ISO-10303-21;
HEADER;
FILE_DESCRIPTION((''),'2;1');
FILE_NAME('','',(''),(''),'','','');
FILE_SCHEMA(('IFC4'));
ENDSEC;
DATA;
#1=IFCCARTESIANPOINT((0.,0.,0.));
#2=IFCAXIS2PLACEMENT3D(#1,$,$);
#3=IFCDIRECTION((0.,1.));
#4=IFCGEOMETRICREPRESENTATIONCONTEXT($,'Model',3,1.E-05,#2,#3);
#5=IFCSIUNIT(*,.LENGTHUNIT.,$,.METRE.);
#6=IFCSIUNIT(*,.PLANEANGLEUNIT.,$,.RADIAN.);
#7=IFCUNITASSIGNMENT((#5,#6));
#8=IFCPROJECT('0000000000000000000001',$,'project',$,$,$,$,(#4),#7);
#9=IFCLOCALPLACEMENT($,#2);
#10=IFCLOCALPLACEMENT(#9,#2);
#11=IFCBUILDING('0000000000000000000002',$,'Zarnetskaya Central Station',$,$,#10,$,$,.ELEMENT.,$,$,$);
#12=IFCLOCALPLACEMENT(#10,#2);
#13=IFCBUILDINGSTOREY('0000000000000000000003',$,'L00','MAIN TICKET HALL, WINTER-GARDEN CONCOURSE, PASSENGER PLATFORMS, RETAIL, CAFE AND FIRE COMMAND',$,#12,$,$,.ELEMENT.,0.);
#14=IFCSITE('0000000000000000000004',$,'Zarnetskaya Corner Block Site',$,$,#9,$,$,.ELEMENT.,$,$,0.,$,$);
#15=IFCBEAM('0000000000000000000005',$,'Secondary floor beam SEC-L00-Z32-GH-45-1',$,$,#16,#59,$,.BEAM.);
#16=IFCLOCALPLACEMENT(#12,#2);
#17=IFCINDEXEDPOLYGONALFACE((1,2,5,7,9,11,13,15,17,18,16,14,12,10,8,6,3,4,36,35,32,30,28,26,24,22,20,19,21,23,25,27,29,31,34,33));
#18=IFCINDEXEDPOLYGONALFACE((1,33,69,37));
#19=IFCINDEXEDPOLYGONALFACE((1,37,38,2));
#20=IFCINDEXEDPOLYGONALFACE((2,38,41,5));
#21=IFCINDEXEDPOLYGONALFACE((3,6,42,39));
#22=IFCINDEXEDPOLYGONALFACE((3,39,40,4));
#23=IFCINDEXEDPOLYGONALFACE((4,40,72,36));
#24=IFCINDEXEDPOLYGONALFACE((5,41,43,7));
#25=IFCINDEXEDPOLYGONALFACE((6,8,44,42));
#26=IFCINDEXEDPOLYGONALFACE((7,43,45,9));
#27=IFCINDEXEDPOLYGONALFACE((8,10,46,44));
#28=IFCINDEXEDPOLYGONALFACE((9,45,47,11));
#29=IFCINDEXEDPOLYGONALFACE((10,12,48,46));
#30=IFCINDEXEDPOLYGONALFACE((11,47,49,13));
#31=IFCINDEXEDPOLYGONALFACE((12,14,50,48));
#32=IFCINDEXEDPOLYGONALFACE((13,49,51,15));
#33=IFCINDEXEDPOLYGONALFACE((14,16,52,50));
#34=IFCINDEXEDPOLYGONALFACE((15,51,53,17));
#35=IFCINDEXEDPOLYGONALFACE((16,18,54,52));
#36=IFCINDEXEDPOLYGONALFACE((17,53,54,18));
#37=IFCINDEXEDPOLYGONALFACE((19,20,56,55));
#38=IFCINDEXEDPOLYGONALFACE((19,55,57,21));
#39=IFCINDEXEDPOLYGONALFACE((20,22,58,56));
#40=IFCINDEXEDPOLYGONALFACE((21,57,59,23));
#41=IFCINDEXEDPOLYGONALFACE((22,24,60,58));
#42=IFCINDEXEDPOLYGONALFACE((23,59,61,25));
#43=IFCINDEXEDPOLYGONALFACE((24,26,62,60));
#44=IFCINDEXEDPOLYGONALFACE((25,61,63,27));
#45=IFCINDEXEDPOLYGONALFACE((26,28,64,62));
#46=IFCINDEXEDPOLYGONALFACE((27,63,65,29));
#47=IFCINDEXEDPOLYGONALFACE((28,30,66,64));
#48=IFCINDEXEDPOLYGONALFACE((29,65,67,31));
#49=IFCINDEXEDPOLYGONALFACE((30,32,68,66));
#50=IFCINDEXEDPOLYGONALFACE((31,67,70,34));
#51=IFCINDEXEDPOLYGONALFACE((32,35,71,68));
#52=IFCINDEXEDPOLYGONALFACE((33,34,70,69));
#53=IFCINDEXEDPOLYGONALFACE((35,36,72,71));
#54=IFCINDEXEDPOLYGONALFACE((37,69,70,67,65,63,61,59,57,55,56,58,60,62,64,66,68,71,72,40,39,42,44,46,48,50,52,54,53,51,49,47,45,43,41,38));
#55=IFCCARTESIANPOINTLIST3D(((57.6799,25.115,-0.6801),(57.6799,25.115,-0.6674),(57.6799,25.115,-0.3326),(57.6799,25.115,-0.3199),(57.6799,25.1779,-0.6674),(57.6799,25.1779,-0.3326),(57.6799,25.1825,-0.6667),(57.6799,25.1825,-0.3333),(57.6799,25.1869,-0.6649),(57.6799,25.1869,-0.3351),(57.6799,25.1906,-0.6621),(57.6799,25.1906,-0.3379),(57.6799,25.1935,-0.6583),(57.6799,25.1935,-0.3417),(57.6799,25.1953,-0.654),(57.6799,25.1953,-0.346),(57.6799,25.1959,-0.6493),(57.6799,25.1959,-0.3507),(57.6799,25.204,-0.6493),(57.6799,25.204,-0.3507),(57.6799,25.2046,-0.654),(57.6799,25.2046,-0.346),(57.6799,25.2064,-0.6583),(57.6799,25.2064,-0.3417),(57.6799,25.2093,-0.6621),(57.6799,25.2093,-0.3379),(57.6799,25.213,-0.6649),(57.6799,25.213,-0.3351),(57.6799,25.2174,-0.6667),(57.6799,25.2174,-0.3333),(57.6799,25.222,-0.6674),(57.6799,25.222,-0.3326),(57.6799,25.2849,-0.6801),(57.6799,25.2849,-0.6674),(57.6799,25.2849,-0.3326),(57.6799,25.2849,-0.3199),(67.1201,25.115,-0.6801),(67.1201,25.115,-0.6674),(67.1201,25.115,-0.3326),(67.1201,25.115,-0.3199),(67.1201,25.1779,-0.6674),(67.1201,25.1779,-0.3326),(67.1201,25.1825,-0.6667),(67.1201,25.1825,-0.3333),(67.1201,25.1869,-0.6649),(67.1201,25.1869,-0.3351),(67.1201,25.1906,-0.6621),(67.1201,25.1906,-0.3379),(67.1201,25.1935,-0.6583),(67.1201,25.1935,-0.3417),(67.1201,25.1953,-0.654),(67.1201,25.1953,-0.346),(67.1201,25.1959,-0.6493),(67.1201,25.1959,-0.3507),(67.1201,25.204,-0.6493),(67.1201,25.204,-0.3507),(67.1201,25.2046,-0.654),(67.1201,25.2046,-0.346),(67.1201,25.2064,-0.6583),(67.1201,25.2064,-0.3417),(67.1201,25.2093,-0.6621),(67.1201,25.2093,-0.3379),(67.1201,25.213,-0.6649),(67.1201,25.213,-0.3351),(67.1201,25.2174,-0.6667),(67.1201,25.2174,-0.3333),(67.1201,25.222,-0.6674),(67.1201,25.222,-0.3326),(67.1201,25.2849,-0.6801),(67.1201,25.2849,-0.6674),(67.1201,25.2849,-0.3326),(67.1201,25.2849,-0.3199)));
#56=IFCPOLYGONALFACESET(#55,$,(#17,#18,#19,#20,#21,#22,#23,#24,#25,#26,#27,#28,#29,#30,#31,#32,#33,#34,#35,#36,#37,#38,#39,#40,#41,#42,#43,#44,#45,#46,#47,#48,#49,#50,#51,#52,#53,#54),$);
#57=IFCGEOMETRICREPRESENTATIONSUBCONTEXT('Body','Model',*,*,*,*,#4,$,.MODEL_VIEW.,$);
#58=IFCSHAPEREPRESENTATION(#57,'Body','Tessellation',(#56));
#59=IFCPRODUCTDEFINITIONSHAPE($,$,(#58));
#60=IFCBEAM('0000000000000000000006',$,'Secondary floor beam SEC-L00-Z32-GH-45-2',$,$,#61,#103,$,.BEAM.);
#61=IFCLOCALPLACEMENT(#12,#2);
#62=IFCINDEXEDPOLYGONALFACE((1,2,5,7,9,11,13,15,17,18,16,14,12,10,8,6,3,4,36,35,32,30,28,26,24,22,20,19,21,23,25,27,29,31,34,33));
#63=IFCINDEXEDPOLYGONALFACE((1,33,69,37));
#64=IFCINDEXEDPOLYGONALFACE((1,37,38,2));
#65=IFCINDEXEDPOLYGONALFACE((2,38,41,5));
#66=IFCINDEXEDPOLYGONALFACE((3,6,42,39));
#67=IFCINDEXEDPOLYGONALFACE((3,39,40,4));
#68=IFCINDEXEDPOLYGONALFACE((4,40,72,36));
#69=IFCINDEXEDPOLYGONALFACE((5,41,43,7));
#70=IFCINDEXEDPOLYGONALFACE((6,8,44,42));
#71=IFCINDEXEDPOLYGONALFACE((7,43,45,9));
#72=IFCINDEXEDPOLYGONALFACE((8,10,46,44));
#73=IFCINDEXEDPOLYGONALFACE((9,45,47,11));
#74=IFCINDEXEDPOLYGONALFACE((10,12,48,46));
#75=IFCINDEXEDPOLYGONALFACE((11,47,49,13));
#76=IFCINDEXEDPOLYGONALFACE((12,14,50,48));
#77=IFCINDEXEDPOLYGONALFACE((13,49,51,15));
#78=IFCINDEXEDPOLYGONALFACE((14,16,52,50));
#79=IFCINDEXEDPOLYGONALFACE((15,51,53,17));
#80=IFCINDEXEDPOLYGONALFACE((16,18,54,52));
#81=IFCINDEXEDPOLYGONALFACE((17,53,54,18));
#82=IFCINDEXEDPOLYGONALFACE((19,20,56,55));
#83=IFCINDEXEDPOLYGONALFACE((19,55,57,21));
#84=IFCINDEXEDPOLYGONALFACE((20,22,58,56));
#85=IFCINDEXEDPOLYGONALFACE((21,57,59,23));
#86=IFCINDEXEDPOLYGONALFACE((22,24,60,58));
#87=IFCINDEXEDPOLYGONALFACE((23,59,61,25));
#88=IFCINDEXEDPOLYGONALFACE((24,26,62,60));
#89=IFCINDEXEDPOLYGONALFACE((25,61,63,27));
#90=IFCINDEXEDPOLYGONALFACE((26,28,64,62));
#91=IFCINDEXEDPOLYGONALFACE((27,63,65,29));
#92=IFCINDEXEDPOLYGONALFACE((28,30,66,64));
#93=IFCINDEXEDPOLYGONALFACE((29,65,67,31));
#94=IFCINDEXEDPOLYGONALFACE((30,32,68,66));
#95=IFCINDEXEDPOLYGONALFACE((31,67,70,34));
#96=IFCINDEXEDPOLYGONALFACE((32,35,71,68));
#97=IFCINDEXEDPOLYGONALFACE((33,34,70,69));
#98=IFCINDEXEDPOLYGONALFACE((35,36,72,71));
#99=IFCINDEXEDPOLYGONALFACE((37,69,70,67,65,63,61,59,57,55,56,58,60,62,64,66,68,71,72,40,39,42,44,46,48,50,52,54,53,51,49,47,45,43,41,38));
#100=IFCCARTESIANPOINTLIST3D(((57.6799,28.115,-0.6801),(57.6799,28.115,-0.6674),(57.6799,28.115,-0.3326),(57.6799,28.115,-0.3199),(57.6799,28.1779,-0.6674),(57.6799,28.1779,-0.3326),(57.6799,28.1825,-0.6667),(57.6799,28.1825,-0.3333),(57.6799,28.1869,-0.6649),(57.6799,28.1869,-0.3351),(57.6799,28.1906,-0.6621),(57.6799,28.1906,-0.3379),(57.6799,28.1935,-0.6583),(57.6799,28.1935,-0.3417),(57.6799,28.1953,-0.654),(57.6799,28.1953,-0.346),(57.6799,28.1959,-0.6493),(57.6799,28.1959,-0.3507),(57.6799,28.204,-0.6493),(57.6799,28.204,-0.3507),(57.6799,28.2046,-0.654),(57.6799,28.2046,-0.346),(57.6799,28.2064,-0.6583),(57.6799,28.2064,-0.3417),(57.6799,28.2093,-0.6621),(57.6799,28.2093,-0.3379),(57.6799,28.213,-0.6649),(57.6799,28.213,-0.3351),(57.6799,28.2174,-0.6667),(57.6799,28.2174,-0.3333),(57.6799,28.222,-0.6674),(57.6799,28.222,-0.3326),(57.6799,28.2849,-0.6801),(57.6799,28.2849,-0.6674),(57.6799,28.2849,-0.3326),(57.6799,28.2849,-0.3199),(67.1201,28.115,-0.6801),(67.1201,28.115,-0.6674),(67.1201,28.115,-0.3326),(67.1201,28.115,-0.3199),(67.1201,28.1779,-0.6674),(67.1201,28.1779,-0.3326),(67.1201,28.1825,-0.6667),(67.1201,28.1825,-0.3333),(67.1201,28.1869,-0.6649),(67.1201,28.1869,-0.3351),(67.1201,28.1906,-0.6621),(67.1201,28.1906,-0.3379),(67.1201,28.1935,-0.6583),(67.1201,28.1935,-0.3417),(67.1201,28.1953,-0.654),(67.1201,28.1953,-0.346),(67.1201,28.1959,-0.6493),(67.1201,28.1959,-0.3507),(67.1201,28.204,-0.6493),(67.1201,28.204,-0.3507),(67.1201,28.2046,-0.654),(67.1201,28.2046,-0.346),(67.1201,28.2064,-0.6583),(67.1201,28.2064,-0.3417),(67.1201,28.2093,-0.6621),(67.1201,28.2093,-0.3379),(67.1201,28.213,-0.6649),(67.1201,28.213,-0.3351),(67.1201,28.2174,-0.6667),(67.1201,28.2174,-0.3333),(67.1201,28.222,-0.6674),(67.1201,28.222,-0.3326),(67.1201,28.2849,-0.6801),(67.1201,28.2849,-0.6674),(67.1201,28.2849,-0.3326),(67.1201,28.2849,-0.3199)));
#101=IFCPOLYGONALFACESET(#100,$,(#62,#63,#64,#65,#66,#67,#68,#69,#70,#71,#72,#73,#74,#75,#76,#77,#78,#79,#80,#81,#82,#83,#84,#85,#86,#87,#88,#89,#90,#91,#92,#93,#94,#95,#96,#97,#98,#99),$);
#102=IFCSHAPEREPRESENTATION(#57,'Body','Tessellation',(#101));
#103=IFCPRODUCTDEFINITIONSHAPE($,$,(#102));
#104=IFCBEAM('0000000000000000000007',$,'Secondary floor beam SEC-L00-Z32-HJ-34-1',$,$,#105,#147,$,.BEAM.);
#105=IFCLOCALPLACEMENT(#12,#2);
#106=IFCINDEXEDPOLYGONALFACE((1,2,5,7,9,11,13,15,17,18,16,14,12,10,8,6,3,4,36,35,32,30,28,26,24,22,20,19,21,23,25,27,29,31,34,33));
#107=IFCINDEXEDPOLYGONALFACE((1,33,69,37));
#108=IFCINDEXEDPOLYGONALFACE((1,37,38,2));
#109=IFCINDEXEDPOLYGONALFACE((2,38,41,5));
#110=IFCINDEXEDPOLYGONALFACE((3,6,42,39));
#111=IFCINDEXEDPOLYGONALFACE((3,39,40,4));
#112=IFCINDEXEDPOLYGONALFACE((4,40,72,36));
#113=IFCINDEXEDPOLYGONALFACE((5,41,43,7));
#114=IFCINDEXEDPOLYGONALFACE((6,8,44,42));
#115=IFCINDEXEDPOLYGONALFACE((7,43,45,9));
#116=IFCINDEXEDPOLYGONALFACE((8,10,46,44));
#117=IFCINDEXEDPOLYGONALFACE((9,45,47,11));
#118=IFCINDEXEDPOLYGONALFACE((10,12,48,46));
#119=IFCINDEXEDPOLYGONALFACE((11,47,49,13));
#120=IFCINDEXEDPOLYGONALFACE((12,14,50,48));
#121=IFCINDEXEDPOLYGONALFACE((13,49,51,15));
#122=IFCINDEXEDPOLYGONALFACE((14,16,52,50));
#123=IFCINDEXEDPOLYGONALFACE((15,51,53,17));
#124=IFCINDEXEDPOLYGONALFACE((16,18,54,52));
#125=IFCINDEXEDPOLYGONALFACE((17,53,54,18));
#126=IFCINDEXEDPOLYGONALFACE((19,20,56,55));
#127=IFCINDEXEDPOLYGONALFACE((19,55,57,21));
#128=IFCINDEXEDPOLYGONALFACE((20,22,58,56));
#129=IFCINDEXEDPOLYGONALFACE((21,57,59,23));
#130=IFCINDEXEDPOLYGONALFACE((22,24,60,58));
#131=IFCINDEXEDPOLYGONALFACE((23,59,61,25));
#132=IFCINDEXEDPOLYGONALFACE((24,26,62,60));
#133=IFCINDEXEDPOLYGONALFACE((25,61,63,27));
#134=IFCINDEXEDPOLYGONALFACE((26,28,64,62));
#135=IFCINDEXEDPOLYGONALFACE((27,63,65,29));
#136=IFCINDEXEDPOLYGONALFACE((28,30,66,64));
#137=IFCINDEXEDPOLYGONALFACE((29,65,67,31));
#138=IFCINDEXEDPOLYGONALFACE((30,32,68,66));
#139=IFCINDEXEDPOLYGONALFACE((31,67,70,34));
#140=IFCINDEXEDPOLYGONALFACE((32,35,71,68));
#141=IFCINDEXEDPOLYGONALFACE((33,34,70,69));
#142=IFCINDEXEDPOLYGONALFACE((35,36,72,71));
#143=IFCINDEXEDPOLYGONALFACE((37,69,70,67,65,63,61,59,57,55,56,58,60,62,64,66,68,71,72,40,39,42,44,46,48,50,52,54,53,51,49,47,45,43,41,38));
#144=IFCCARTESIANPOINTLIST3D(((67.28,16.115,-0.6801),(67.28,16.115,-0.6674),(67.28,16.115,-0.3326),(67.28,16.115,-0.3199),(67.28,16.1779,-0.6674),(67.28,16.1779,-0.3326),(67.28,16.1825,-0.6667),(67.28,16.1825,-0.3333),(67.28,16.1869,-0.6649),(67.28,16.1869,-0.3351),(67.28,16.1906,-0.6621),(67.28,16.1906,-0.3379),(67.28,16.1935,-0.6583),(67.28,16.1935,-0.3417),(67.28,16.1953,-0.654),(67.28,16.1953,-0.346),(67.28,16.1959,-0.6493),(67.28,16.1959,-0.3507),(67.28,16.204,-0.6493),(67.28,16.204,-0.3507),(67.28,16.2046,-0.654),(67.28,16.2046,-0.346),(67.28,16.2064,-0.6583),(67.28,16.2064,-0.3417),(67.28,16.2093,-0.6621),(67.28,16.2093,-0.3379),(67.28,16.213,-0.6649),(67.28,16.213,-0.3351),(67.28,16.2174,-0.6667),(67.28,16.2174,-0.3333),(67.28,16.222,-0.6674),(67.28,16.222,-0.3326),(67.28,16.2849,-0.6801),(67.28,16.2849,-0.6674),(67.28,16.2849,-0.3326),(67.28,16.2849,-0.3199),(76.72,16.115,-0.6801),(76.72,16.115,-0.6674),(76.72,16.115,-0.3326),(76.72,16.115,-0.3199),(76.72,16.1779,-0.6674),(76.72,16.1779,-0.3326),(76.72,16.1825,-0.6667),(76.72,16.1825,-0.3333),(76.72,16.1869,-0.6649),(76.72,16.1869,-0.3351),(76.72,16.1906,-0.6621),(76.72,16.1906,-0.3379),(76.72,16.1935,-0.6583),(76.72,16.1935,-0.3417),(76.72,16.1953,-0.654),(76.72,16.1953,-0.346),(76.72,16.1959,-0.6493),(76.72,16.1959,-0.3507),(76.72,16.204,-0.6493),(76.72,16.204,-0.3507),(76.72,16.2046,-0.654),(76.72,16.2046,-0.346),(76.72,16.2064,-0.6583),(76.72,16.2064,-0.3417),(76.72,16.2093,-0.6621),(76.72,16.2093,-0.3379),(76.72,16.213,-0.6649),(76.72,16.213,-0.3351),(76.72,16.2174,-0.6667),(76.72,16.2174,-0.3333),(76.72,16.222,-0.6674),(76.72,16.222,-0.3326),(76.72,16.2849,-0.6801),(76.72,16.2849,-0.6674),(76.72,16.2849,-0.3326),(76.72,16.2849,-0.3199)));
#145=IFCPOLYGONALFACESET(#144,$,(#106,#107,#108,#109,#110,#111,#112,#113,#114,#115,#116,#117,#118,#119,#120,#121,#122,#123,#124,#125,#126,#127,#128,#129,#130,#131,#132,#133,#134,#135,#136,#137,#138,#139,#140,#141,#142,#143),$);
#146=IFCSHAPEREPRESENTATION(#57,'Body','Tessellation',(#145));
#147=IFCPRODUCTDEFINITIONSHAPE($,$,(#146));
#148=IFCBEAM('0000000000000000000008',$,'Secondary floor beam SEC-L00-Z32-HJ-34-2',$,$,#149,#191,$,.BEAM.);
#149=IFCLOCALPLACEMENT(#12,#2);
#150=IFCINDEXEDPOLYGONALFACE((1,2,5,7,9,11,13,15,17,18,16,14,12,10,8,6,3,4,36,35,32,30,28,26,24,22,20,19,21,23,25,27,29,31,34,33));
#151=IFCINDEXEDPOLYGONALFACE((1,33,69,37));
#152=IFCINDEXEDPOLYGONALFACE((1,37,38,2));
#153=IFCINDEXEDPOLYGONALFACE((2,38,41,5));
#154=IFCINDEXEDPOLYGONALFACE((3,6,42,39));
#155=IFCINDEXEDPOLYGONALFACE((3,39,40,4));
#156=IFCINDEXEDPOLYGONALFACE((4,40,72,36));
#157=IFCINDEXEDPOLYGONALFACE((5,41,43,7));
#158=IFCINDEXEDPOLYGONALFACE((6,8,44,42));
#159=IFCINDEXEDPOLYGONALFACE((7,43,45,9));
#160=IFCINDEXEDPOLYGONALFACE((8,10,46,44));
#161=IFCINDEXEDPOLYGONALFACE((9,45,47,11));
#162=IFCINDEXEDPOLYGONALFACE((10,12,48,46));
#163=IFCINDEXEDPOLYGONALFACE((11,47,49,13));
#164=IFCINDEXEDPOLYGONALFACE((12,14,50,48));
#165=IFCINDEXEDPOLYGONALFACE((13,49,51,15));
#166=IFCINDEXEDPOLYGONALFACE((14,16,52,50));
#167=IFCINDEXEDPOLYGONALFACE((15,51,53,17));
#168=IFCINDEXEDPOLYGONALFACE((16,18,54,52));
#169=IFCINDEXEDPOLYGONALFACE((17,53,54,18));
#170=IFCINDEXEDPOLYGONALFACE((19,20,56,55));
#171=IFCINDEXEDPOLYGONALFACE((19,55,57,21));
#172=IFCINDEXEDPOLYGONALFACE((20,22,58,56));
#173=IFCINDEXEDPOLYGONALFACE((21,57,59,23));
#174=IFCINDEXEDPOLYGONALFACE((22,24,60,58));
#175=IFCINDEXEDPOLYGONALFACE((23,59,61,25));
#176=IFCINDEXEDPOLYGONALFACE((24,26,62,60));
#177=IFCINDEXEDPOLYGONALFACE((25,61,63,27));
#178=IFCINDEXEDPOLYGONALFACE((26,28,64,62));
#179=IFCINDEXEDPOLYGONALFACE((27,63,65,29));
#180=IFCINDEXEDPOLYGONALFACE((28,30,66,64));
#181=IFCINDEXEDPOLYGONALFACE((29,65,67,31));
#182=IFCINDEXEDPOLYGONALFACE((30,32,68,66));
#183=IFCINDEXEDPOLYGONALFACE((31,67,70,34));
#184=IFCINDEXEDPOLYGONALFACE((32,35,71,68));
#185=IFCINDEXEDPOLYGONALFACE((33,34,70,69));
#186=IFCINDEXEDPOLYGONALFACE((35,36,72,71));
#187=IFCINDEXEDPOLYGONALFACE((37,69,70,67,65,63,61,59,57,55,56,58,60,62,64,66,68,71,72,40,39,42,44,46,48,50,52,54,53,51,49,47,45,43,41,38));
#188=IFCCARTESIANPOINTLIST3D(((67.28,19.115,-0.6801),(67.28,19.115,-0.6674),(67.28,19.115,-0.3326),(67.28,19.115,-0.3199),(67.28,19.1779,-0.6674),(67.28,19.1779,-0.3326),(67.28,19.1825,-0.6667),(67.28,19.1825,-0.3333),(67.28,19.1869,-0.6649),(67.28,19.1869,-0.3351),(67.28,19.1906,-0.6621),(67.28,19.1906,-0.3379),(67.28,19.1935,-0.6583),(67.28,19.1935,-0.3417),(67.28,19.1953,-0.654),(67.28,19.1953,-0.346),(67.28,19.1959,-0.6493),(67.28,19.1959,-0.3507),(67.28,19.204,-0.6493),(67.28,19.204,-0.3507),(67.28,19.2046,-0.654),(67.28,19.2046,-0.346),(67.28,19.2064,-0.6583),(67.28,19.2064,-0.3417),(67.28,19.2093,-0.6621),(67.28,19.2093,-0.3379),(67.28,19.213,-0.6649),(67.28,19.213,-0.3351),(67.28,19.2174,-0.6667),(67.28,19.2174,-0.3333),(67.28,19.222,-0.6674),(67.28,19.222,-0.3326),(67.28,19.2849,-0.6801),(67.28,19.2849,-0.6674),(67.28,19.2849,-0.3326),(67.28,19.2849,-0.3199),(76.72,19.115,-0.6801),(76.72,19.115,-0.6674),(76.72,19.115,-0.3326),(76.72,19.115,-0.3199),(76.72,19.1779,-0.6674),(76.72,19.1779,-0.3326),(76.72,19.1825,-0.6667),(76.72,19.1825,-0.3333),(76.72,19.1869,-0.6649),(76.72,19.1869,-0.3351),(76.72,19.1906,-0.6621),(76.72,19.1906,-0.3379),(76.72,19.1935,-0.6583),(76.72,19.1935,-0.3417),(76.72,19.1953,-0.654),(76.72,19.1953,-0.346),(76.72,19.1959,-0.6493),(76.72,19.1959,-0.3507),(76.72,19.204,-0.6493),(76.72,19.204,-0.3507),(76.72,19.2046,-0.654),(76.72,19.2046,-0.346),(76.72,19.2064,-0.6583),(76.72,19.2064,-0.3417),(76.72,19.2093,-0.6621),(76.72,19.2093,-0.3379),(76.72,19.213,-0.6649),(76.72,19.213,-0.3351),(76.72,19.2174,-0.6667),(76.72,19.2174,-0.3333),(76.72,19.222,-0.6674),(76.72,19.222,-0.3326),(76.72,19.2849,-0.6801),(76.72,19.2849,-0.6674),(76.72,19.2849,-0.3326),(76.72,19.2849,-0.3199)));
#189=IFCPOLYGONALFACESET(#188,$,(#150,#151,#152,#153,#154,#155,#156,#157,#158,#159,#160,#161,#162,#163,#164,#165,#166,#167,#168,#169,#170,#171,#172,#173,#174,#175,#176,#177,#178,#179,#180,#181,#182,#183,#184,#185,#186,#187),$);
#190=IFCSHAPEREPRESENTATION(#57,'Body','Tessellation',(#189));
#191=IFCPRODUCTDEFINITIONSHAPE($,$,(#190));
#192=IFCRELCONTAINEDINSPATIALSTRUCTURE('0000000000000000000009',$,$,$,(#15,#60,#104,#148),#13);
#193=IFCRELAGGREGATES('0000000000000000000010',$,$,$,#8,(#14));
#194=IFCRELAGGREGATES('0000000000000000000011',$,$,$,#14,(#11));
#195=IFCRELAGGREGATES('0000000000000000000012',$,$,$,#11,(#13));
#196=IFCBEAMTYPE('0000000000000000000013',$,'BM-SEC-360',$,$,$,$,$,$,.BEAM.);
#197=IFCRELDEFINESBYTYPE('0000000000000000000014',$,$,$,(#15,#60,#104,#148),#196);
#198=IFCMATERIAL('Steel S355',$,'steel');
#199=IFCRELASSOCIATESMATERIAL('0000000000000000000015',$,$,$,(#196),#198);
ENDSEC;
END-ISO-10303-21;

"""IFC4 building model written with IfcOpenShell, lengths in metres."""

from ifc_helpers import new_model, si_unit, direction, frame, origin, origin_2d, place, context, subcontext, project, spatial, i_section, extrude, material, material_profile, profile_set, type_object, element, save


model = new_model("IFC4")

# Units and contexts
model_context = context("Model", 3, precision=1e-05, world=origin(), true_north=direction((0.0, 1.0)))
body_context = subcontext(model_context, "Body", "Model", "MODEL_VIEW")
ifc_project = project(units=[si_unit("LENGTHUNIT", "METRE"), si_unit("PLANEANGLEUNIT", "RADIAN")], contexts=[model_context])

# Site, building, storey
site_placement = place(None, origin())
site = spatial("IfcSite", under=ifc_project, at=site_placement, Name="Zarnetskaya Corner Block Site", CompositionType="ELEMENT", RefElevation=0.0)
building_placement = place(site_placement, origin())
building = spatial("IfcBuilding", under=site, at=building_placement, Name="Zarnetskaya Central Station", CompositionType="ELEMENT")
storey_placement = place(building_placement, origin())
storey = spatial("IfcBuildingStorey", under=building, at=storey_placement, Name="L00", Description="MAIN TICKET HALL, WINTER-GARDEN CONCOURSE, PASSENGER PLATFORMS, RETAIL, CAFE AND FIRE COMMAND", CompositionType="ELEMENT", Elevation=0.0)

# Shared definitions
ifc_material_1 = material(Name="Steel S355", Category="steel")

# Beams
ifc_material_profile_1 = material_profile(ifc_material_1, i_section(OverallWidth=0.1699, OverallDepth=0.3601, WebThickness=0.0081, FlangeThickness=0.0127, FilletRadius=0.0181, at=origin_2d()), Name="IPE 360")
ifc_profile_set_1 = profile_set([ifc_material_profile_1], Name="Steel S355")
beam_type_1 = type_object("IfcBeamType", Name="BM-SEC-360", PredefinedType="BEAM", material=ifc_profile_set_1)
for number, where, z_axis, x_axis, name in (
    (1, (57.6799, 25.2, -0.5), (1.0, 0.0, 0.0), (0.0, 1.0, 0.0), "Secondary floor beam SEC-L00-Z32-GH-45-1"),
    (2, (57.6799, 28.2, -0.5), (1.0, 0.0, 0.0), (0.0, 1.0, 0.0), "Secondary floor beam SEC-L00-Z32-GH-45-2"),
):
    element("IfcBeam", number, at=place(storey_placement, frame(where, z_axis=z_axis, x_axis=x_axis)), inside=storey, type_object=beam_type_1, Name=name, PredefinedType="BEAM", context=body_context, shape_type="SweptSolid", body=[
        extrude(i_section(OverallWidth=0.1699, OverallDepth=0.3601, WebThickness=0.0081, FlangeThickness=0.0127, FilletRadius=0.0181, at=origin_2d()), origin(), (0.0, 0.0, 1.0), 9.4402),
    ])
for number, where, z_axis, x_axis, name in (
    (3, (67.28, 16.2, -0.5), (1.0, 0.0, 0.0), (0.0, 1.0, 0.0), "Secondary floor beam SEC-L00-Z32-HJ-34-1"),
    (4, (67.28, 19.2, -0.5), (1.0, 0.0, 0.0), (0.0, 1.0, 0.0), "Secondary floor beam SEC-L00-Z32-HJ-34-2"),
):
    element("IfcBeam", number, at=place(storey_placement, frame(where, z_axis=z_axis, x_axis=x_axis)), inside=storey, type_object=beam_type_1, Name=name, PredefinedType="BEAM", context=body_context, shape_type="SweptSolid", body=[
        extrude(i_section(OverallWidth=0.1699, OverallDepth=0.3601, WebThickness=0.0081, FlangeThickness=0.0127, FilletRadius=0.0181, at=origin_2d()), origin(), (0.0, 0.0, 1.0), 9.4399),
    ])

save(model, "model.ifc")
